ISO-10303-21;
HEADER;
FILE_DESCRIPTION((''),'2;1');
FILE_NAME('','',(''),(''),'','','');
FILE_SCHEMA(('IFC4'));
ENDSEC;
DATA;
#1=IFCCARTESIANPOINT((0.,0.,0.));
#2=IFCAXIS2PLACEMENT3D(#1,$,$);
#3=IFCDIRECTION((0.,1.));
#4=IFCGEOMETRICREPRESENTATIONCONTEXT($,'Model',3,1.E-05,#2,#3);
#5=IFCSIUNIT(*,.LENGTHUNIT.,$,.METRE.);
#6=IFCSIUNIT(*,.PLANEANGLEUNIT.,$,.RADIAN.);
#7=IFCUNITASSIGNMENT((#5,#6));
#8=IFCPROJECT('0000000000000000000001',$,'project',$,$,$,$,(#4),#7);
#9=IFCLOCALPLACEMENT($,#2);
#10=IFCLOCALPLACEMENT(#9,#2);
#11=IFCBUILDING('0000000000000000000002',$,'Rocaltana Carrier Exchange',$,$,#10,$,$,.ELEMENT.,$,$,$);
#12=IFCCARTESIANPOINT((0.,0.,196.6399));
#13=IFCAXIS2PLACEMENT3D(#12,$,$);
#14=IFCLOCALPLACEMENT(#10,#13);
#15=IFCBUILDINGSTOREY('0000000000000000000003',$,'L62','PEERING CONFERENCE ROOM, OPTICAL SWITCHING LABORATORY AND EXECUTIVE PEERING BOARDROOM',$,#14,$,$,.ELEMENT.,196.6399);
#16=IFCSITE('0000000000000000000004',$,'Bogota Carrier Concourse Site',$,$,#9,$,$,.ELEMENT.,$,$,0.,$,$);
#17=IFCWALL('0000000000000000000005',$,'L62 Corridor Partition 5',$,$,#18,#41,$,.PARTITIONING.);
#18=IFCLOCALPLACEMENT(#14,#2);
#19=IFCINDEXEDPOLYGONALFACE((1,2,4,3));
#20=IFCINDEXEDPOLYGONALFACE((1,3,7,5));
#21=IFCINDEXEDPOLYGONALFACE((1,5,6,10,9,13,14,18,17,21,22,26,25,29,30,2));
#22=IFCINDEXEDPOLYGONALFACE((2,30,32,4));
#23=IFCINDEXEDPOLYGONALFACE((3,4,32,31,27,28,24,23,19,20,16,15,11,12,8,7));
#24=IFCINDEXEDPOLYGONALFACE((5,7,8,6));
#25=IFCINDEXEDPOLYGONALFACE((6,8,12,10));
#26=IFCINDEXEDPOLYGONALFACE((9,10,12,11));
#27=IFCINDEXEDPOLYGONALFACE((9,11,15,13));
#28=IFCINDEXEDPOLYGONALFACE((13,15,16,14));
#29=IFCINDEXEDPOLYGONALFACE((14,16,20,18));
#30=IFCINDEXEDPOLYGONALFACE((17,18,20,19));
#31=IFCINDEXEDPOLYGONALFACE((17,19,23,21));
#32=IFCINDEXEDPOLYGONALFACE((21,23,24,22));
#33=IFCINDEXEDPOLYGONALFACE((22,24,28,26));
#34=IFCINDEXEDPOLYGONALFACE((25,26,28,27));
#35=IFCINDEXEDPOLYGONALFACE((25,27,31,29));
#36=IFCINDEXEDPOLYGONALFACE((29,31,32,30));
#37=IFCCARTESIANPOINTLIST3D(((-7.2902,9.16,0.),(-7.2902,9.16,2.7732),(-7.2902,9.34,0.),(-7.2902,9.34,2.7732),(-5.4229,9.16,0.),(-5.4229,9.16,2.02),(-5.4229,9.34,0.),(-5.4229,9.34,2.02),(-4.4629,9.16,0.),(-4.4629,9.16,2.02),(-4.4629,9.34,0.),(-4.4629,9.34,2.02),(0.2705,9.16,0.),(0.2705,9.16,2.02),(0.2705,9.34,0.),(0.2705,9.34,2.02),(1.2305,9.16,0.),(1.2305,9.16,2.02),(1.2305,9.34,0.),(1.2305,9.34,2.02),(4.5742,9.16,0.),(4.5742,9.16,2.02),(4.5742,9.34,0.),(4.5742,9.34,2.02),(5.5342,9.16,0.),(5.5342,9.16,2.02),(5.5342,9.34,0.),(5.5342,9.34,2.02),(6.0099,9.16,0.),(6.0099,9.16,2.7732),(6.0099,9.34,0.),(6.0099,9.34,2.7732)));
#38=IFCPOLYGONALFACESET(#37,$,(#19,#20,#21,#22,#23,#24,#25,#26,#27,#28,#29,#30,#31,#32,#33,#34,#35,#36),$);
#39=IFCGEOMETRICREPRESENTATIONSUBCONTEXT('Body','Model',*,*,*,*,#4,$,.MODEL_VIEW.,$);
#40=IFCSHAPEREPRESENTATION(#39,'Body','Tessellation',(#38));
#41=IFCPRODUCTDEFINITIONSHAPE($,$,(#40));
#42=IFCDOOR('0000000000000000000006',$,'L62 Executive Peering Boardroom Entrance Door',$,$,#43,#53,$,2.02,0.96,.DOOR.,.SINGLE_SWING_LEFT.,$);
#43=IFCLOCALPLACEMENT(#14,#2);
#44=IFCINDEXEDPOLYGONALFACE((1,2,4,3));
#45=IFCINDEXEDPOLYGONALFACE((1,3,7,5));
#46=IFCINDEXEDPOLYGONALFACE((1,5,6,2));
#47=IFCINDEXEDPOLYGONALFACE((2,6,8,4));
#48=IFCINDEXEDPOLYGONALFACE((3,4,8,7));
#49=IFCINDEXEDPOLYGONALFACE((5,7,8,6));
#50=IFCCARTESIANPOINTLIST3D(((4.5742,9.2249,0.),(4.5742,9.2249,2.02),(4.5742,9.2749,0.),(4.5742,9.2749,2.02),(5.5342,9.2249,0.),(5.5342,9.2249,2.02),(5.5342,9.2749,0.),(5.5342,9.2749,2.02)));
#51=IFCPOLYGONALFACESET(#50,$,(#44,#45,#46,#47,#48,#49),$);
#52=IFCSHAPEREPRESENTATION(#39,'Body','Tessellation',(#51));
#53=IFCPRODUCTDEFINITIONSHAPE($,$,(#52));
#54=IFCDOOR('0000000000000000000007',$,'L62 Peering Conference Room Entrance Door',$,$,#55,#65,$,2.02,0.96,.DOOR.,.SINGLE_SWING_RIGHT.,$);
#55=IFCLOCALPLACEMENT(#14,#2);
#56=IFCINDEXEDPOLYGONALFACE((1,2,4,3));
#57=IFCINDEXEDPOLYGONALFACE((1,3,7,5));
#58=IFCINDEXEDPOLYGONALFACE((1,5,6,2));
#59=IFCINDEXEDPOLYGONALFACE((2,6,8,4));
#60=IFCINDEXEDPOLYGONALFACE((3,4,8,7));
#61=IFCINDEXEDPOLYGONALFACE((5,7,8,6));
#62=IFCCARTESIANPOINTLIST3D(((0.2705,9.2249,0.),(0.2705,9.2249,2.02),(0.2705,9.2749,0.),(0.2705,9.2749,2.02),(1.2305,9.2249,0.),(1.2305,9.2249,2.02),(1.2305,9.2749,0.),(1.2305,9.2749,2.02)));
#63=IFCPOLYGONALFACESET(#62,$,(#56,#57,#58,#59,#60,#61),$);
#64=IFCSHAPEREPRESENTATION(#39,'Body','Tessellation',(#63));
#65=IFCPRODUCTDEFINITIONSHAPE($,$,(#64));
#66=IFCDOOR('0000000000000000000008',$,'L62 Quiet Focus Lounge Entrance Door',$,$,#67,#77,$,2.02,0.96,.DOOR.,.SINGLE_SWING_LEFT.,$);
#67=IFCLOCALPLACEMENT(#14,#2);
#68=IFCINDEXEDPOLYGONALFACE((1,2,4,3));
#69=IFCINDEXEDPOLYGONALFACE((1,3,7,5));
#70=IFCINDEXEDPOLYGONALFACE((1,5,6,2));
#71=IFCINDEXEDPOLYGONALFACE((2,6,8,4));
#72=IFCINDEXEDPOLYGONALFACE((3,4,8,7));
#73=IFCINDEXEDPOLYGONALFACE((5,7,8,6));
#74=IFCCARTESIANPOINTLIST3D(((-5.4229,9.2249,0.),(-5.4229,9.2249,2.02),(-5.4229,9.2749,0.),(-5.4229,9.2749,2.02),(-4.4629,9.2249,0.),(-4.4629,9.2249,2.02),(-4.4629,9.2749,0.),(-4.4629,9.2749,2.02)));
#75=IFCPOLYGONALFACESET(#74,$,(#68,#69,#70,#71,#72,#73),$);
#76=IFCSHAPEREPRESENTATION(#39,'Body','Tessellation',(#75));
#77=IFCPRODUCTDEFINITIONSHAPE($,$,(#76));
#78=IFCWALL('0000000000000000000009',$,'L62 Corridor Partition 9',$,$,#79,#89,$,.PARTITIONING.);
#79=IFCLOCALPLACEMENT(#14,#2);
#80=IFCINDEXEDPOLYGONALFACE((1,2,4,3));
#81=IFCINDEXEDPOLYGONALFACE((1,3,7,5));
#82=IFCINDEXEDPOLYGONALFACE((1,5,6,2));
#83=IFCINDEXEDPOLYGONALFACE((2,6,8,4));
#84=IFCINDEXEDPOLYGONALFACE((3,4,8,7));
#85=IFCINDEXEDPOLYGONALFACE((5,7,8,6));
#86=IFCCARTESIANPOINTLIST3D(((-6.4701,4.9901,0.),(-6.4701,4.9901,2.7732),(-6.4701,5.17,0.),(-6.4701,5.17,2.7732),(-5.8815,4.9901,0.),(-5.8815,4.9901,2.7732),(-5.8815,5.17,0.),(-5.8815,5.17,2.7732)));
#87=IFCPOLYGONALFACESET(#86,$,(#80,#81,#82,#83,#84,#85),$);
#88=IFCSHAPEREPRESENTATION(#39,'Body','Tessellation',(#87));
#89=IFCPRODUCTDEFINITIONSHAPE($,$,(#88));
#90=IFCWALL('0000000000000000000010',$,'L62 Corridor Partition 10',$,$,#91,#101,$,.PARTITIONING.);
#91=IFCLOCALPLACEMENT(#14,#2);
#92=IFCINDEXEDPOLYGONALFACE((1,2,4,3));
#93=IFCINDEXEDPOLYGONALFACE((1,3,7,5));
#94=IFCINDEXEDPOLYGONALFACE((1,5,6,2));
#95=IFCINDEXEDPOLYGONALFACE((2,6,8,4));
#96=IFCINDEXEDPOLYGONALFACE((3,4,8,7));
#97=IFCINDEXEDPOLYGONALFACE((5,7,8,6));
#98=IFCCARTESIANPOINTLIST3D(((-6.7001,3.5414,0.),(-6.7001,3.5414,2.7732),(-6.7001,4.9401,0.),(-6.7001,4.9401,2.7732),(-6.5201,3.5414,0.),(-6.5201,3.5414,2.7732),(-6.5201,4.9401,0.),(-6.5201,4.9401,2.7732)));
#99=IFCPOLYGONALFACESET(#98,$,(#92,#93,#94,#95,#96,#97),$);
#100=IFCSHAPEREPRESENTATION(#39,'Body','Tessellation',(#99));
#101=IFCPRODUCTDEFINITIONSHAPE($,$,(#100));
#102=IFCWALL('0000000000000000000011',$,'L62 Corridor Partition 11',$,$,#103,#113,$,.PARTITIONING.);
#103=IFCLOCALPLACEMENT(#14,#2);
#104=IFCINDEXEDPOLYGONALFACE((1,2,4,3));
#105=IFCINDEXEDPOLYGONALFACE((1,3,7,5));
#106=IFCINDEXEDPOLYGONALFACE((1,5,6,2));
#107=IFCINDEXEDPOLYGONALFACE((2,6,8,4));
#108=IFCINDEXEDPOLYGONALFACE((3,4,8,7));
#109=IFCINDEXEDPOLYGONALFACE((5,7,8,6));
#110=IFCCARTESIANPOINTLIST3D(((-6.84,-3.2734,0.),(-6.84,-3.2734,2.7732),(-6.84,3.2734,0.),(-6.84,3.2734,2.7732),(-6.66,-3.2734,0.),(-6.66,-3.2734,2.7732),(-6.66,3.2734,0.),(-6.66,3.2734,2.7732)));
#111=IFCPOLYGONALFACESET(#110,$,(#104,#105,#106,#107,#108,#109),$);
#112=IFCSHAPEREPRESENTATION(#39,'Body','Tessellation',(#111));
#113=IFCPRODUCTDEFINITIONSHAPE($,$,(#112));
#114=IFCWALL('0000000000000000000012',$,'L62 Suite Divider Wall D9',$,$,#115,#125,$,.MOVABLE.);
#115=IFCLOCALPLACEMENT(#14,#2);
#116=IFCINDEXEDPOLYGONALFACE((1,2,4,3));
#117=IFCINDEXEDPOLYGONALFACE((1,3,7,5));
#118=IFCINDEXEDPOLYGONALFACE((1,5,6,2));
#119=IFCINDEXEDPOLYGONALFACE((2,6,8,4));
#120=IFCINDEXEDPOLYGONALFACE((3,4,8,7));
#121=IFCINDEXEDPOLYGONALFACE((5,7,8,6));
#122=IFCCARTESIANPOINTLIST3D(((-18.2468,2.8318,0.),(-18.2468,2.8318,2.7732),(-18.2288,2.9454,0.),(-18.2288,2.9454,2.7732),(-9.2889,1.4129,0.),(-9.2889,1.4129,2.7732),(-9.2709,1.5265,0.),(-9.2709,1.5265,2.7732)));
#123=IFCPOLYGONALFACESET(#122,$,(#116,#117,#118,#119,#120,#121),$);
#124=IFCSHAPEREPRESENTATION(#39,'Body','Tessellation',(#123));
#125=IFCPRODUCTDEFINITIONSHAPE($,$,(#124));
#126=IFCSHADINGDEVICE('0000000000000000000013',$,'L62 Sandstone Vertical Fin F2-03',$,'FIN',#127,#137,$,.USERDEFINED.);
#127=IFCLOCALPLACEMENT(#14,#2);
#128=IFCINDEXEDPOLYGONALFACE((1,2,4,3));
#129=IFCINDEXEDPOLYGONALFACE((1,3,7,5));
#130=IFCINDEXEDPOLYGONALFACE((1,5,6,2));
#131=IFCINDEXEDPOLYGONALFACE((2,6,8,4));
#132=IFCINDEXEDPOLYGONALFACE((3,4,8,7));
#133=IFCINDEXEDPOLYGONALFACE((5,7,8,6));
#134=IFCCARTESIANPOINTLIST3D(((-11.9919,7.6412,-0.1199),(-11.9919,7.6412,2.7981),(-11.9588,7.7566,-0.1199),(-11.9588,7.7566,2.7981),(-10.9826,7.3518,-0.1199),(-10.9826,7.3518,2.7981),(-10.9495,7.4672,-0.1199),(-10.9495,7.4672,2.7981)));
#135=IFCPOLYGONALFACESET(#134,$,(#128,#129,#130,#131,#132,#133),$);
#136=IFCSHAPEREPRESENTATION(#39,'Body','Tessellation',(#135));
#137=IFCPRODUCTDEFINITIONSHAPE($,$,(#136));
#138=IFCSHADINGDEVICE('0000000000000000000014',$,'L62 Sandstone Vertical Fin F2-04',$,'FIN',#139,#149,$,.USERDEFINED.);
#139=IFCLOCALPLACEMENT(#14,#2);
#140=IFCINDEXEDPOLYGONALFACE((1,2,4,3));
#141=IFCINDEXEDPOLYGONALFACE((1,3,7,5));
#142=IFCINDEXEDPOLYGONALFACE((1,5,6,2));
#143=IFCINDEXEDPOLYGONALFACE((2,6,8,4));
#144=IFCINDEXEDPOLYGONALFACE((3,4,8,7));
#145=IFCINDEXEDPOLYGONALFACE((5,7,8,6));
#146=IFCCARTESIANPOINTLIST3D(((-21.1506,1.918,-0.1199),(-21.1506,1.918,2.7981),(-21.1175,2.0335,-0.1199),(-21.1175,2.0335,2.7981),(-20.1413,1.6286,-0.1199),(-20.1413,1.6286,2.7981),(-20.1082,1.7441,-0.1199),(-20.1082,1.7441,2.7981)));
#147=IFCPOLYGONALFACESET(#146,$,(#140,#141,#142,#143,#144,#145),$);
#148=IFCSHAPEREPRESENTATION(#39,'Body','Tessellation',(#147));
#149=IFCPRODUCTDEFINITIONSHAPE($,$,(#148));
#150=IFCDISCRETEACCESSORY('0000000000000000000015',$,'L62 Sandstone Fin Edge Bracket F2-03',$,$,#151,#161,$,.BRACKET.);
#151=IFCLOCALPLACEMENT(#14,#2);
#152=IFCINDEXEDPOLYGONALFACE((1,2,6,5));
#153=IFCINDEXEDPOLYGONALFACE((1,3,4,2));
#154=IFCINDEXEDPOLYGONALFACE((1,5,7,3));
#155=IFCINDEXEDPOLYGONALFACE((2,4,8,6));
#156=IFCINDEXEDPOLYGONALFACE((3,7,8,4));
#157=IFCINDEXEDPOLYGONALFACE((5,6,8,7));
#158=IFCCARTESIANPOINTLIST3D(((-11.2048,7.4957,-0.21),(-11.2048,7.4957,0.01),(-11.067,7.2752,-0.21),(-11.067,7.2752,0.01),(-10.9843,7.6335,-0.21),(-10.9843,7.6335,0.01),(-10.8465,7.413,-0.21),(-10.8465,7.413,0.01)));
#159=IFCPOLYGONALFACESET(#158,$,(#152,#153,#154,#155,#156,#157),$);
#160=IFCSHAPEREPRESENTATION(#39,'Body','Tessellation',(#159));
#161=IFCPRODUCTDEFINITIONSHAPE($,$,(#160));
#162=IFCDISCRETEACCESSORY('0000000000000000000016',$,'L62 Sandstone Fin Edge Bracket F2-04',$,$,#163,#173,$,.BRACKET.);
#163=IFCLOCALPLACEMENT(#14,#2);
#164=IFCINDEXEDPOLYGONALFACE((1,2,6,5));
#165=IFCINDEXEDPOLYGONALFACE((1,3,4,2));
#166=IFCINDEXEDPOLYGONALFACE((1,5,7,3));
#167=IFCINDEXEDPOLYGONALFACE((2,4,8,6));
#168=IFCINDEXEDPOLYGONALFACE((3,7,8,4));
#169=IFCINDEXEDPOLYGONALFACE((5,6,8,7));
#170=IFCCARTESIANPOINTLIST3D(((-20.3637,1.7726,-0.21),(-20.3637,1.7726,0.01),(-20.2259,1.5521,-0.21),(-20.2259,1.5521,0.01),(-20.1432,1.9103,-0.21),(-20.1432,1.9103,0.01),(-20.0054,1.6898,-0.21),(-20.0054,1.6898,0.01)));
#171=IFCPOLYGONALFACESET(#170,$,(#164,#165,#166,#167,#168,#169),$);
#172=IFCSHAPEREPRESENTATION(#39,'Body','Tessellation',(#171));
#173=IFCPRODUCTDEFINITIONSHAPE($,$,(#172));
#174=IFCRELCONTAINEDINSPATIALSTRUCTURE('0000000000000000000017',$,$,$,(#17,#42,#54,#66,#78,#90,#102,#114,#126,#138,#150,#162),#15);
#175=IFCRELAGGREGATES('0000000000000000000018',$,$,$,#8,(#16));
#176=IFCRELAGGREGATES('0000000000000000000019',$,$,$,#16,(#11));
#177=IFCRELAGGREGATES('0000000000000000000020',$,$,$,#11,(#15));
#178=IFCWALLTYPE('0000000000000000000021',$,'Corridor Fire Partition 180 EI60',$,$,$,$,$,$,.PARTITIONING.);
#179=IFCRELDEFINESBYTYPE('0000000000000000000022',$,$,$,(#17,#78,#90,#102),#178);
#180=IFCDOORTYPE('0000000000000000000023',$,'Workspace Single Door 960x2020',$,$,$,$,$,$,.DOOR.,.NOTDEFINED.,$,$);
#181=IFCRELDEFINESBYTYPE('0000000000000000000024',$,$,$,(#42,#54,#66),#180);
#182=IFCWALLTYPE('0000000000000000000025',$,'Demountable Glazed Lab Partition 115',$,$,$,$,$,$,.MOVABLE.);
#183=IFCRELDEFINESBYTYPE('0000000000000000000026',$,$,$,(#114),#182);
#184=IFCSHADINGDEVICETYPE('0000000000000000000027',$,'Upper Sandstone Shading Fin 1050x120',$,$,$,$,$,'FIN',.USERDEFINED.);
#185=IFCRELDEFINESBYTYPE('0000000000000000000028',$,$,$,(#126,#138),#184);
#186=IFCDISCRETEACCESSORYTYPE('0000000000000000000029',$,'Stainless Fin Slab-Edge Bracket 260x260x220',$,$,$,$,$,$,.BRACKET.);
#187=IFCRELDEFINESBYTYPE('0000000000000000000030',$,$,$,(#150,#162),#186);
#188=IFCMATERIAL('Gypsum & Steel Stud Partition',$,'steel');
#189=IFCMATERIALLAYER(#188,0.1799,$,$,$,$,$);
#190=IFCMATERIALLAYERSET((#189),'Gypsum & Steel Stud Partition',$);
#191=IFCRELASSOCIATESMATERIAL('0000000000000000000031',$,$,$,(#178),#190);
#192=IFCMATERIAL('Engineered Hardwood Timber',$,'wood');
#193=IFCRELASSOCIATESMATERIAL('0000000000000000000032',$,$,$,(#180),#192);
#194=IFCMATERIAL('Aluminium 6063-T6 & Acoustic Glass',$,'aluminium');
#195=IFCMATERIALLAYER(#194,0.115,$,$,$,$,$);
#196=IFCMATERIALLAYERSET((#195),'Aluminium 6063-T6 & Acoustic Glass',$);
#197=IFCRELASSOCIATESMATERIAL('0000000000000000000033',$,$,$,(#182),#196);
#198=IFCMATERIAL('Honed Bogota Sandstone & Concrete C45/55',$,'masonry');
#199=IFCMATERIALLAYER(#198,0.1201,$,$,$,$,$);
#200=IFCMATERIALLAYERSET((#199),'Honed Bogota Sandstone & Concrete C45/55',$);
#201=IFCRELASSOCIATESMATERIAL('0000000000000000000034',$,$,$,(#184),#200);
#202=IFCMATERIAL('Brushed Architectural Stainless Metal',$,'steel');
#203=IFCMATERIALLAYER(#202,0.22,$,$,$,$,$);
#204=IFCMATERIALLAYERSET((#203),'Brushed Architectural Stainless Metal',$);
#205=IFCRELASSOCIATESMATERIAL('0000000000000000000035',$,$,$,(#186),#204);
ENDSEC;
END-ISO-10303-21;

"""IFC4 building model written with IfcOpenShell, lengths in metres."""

from ifc_helpers import new_model, si_unit, direction, frame, frame_2d, origin, origin_2d, place, context, subcontext, project, spatial, rectangle, extrude, material, layer, layer_set, type_object, element, fill, save


model = new_model("IFC4")

# Units and contexts
model_context = context("Model", 3, precision=1e-05, world=origin(), true_north=direction((0.0, 1.0)))
body_context = subcontext(model_context, "Body", "Model", "MODEL_VIEW")
ifc_project = project(units=[si_unit("LENGTHUNIT", "METRE"), si_unit("PLANEANGLEUNIT", "RADIAN")], contexts=[model_context])

# Site, building, storey
site_placement = place(None, origin())
site = spatial("IfcSite", under=ifc_project, at=site_placement, Name="Bogota Carrier Concourse Site", CompositionType="ELEMENT", RefElevation=0.0)
building_placement = place(site_placement, origin())
building = spatial("IfcBuilding", under=site, at=building_placement, Name="Rocaltana Carrier Exchange", CompositionType="ELEMENT")
storey_placement = place(building_placement, frame((0.0, 0.0, 196.6399)))
storey = spatial("IfcBuildingStorey", under=building, at=storey_placement, Name="L62", Description="PEERING CONFERENCE ROOM, OPTICAL SWITCHING LABORATORY AND EXECUTIVE PEERING BOARDROOM", CompositionType="ELEMENT", Elevation=196.6399)

# Shared definitions
ifc_material_1 = material(Name="Gypsum & Steel Stud Partition", Category="steel")
ifc_layer_1 = layer(ifc_material_1, 0.1799)
ifc_layer_set_1 = layer_set([ifc_layer_1], Name="Gypsum & Steel Stud Partition")
wall_type_1 = type_object("IfcWallType", Name="Corridor Fire Partition 180 EI60", PredefinedType="PARTITIONING", material=ifc_layer_set_1)

# Wall, openings, doors
wall_1_placement = place(storey_placement, frame((-7.29, 9.25, 0.0), z_axis=(0.0, 0.0, 1.0), x_axis=(1.0, 0.0, 0.0)))
wall_1 = element("IfcWall", 1, at=wall_1_placement, inside=storey, type_object=wall_type_1, Name="L62 Corridor Partition 5", PredefinedType="PARTITIONING", context=body_context, shape_type="SweptSolid", body=[
    extrude(rectangle(XDim=13.3, YDim=0.1799, at=frame_2d((6.6499, 0.0))), origin(), (0.0, 0.0, 1.0), 2.7732),
])
opening_1_placement = place(wall_1_placement, frame((11.8643, 0.0, 0.0)))
opening_1 = element("IfcOpeningElement", 2, at=opening_1_placement, cuts=wall_1, PredefinedType="OPENING", context=body_context, shape_type="SweptSolid", body=[
    extrude(rectangle(XDim=0.96, YDim=2.02, at=frame_2d((0.48, 1.01))), frame((0.0, 0.0999, 0.0), z_axis=(0.0, -1.0, 0.0), x_axis=(1.0, 0.0, 0.0)), (0.0, 0.0, 1.0), 0.2),
])
opening_2_placement = place(wall_1_placement, frame((7.5605, 0.0, 0.0)))
opening_2 = element("IfcOpeningElement", 3, at=opening_2_placement, cuts=wall_1, PredefinedType="OPENING", context=body_context, shape_type="SweptSolid", body=[
    extrude(rectangle(XDim=0.96, YDim=2.02, at=frame_2d((0.48, 1.01))), frame((0.0, 0.0999, 0.0), z_axis=(0.0, -1.0, 0.0), x_axis=(1.0, 0.0, 0.0)), (0.0, 0.0, 1.0), 0.2),
])
opening_3_placement = place(wall_1_placement, frame((1.8672, 0.0, 0.0)))
opening_3 = element("IfcOpeningElement", 4, at=opening_3_placement, cuts=wall_1, PredefinedType="OPENING", context=body_context, shape_type="SweptSolid", body=[
    extrude(rectangle(XDim=0.96, YDim=2.02, at=frame_2d((0.48, 1.01))), frame((0.0, 0.0999, 0.0), z_axis=(0.0, -1.0, 0.0), x_axis=(1.0, 0.0, 0.0)), (0.0, 0.0, 1.0), 0.2),
])
ifc_material_2 = material(Name="Engineered Hardwood Timber", Category="wood")
door_type = type_object("IfcDoorType", Name="Workspace Single Door 960x2020", OperationType="NOTDEFINED", PredefinedType="DOOR", material=ifc_material_2)
door_1_placement = place(opening_1_placement, origin())
door_1 = element("IfcDoor", 5, at=door_1_placement, inside=storey, type_object=door_type, Name="L62 Executive Peering Boardroom Entrance Door", OperationType="SINGLE_SWING_LEFT", OverallHeight=2.02, OverallWidth=0.96, PredefinedType="DOOR", context=body_context, shape_type="SweptSolid", body=[
    extrude(rectangle(XDim=0.96, YDim=2.02, at=frame_2d((0.48, 1.01))), frame((0.0, 0.0249, 0.0), z_axis=(0.0, -1.0, 0.0), x_axis=(1.0, 0.0, 0.0)), (0.0, 0.0, 1.0), 0.05),
])
fill(opening_1, door_1)
door_2_placement = place(opening_2_placement, origin())
door_2 = element("IfcDoor", 6, at=door_2_placement, inside=storey, type_object=door_type, Name="L62 Peering Conference Room Entrance Door", OperationType="SINGLE_SWING_RIGHT", OverallHeight=2.02, OverallWidth=0.96, PredefinedType="DOOR", context=body_context, shape_type="SweptSolid", body=[
    extrude(rectangle(XDim=0.96, YDim=2.02, at=frame_2d((0.48, 1.01))), frame((0.0, 0.0249, 0.0), z_axis=(0.0, -1.0, 0.0), x_axis=(1.0, 0.0, 0.0)), (0.0, 0.0, 1.0), 0.05),
])
fill(opening_2, door_2)
door_3_placement = place(opening_3_placement, origin())
door_3 = element("IfcDoor", 7, at=door_3_placement, inside=storey, type_object=door_type, Name="L62 Quiet Focus Lounge Entrance Door", OperationType="SINGLE_SWING_LEFT", OverallHeight=2.02, OverallWidth=0.96, PredefinedType="DOOR", context=body_context, shape_type="SweptSolid", body=[
    extrude(rectangle(XDim=0.96, YDim=2.02, at=frame_2d((0.48, 1.01))), frame((0.0, 0.0249, 0.0), z_axis=(0.0, -1.0, 0.0), x_axis=(1.0, 0.0, 0.0)), (0.0, 0.0, 1.0), 0.05),
])
fill(opening_3, door_3)

# Walls
wall_2_placement = place(storey_placement, frame((-5.8813, 5.0801, 0.0), z_axis=(0.0, 0.0, 1.0), x_axis=(-1.0, 0.0, 0.0)))
element("IfcWall", 8, at=wall_2_placement, inside=storey, type_object=wall_type_1, Name="L62 Corridor Partition 9", PredefinedType="PARTITIONING", context=body_context, shape_type="SweptSolid", body=[
    extrude(rectangle(XDim=0.5886, YDim=0.1799, at=frame_2d((0.2944, 0.0))), origin(), (0.0, 0.0, 1.0), 2.7732),
])
wall_3_placement = place(storey_placement, frame((-6.6101, 4.9399, 0.0), z_axis=(0.0, 0.0, 1.0), x_axis=(0.0, -1.0, 0.0)))
element("IfcWall", 9, at=wall_3_placement, inside=storey, type_object=wall_type_1, Name="L62 Corridor Partition 10", PredefinedType="PARTITIONING", context=body_context, shape_type="SweptSolid", body=[
    extrude(rectangle(XDim=1.3987, YDim=0.1799, at=frame_2d((0.6992, 0.0))), origin(), (0.0, 0.0, 1.0), 2.7732),
])
wall_4_placement = place(storey_placement, frame((-6.75, 3.2734, 0.0), z_axis=(0.0, 0.0, 1.0), x_axis=(0.0, -1.0, 0.0)))
element("IfcWall", 10, at=wall_4_placement, inside=storey, type_object=wall_type_1, Name="L62 Corridor Partition 11", PredefinedType="PARTITIONING", context=body_context, shape_type="SweptSolid", body=[
    extrude(rectangle(XDim=6.5469, YDim=0.1799, at=frame_2d((3.2734, 0.0))), origin(), (0.0, 0.0, 1.0), 2.7732),
])
ifc_material_3 = material(Name="Aluminium 6063-T6 & Acoustic Glass", Category="aluminium")
ifc_layer_2 = layer(ifc_material_3, 0.115)
ifc_layer_set_2 = layer_set([ifc_layer_2], Name="Aluminium 6063-T6 & Acoustic Glass")
wall_type_2 = type_object("IfcWallType", Name="Demountable Glazed Lab Partition 115", PredefinedType="MOVABLE", material=ifc_layer_set_2)
wall_5_placement = place(storey_placement, frame((-9.28, 1.4697, 0.0), z_axis=(0.0, 0.0, 1.0), x_axis=(-0.987686, 0.156449, 0.0)))
element("IfcWall", 11, at=wall_5_placement, inside=storey, type_object=wall_type_2, Name="L62 Suite Divider Wall D9", PredefinedType="MOVABLE", context=body_context, shape_type="SweptSolid", body=[
    extrude(rectangle(XDim=9.0696, YDim=0.115, at=frame_2d((4.5347, 0.0))), origin(), (0.0, 0.0, 1.0), 2.7732),
])

# Shading devices
ifc_material_4 = material(Name="Honed Bogota Sandstone & Concrete C45/55", Category="masonry")
ifc_layer_3 = layer(ifc_material_4, 0.1201)
ifc_layer_set_3 = layer_set([ifc_layer_3], Name="Honed Bogota Sandstone & Concrete C45/55")
shading_device_type = type_object("IfcShadingDeviceType", Name="Upper Sandstone Shading Fin 1050x120", ElementType="FIN", PredefinedType="USERDEFINED", material=ifc_layer_set_3)
for number, where, z_axis, x_axis, name in (
    (12, (-11.4707, 7.5542, -0.1199), (0.0, 0.0, 1.0), (-0.961262, 0.275637, 0.0), "L62 Sandstone Vertical Fin F2-03"),
    (13, (-20.6294, 1.8311, -0.1199), (0.0, 0.0, 1.0), (-0.961262, 0.275637, 0.0), "L62 Sandstone Vertical Fin F2-04"),
):
    element("IfcShadingDevice", number, at=place(storey_placement, frame(where, z_axis=z_axis, x_axis=x_axis)), inside=storey, type_object=shading_device_type, Name=name, ObjectType="FIN", PredefinedType="USERDEFINED", context=body_context, shape_type="SweptSolid", body=[
        extrude(rectangle(XDim=1.05, YDim=0.1201, at=origin_2d()), origin(), (0.0, 0.0, 1.0), 2.918),
    ])

# Discrete accessories
ifc_material_5 = material(Name="Brushed Architectural Stainless Metal", Category="steel")
ifc_layer_4 = layer(ifc_material_5, 0.22)
ifc_layer_set_4 = layer_set([ifc_layer_4], Name="Brushed Architectural Stainless Metal")
discrete_accessory_type = type_object("IfcDiscreteAccessoryType", Name="Stainless Fin Slab-Edge Bracket 260x260x220", PredefinedType="BRACKET", material=ifc_layer_set_4)
for number, where, z_axis, x_axis, name in (
    (14, (-11.0256, 7.4543, -0.21), (0.0, 0.0, 1.0), (-0.848048, -0.529919, 0.0), "L62 Sandstone Fin Edge Bracket F2-03"),
    (15, (-20.1846, 1.7312, -0.21), (0.0, 0.0, 1.0), (-0.848048, -0.529919, 0.0), "L62 Sandstone Fin Edge Bracket F2-04"),
):
    element("IfcDiscreteAccessory", number, at=place(storey_placement, frame(where, z_axis=z_axis, x_axis=x_axis)), inside=storey, type_object=discrete_accessory_type, Name=name, PredefinedType="BRACKET", context=body_context, shape_type="SweptSolid", body=[
        extrude(rectangle(XDim=0.26, YDim=0.26, at=origin_2d()), origin(), (0.0, 0.0, 1.0), 0.22),
    ])

save(model, "model.ifc")
